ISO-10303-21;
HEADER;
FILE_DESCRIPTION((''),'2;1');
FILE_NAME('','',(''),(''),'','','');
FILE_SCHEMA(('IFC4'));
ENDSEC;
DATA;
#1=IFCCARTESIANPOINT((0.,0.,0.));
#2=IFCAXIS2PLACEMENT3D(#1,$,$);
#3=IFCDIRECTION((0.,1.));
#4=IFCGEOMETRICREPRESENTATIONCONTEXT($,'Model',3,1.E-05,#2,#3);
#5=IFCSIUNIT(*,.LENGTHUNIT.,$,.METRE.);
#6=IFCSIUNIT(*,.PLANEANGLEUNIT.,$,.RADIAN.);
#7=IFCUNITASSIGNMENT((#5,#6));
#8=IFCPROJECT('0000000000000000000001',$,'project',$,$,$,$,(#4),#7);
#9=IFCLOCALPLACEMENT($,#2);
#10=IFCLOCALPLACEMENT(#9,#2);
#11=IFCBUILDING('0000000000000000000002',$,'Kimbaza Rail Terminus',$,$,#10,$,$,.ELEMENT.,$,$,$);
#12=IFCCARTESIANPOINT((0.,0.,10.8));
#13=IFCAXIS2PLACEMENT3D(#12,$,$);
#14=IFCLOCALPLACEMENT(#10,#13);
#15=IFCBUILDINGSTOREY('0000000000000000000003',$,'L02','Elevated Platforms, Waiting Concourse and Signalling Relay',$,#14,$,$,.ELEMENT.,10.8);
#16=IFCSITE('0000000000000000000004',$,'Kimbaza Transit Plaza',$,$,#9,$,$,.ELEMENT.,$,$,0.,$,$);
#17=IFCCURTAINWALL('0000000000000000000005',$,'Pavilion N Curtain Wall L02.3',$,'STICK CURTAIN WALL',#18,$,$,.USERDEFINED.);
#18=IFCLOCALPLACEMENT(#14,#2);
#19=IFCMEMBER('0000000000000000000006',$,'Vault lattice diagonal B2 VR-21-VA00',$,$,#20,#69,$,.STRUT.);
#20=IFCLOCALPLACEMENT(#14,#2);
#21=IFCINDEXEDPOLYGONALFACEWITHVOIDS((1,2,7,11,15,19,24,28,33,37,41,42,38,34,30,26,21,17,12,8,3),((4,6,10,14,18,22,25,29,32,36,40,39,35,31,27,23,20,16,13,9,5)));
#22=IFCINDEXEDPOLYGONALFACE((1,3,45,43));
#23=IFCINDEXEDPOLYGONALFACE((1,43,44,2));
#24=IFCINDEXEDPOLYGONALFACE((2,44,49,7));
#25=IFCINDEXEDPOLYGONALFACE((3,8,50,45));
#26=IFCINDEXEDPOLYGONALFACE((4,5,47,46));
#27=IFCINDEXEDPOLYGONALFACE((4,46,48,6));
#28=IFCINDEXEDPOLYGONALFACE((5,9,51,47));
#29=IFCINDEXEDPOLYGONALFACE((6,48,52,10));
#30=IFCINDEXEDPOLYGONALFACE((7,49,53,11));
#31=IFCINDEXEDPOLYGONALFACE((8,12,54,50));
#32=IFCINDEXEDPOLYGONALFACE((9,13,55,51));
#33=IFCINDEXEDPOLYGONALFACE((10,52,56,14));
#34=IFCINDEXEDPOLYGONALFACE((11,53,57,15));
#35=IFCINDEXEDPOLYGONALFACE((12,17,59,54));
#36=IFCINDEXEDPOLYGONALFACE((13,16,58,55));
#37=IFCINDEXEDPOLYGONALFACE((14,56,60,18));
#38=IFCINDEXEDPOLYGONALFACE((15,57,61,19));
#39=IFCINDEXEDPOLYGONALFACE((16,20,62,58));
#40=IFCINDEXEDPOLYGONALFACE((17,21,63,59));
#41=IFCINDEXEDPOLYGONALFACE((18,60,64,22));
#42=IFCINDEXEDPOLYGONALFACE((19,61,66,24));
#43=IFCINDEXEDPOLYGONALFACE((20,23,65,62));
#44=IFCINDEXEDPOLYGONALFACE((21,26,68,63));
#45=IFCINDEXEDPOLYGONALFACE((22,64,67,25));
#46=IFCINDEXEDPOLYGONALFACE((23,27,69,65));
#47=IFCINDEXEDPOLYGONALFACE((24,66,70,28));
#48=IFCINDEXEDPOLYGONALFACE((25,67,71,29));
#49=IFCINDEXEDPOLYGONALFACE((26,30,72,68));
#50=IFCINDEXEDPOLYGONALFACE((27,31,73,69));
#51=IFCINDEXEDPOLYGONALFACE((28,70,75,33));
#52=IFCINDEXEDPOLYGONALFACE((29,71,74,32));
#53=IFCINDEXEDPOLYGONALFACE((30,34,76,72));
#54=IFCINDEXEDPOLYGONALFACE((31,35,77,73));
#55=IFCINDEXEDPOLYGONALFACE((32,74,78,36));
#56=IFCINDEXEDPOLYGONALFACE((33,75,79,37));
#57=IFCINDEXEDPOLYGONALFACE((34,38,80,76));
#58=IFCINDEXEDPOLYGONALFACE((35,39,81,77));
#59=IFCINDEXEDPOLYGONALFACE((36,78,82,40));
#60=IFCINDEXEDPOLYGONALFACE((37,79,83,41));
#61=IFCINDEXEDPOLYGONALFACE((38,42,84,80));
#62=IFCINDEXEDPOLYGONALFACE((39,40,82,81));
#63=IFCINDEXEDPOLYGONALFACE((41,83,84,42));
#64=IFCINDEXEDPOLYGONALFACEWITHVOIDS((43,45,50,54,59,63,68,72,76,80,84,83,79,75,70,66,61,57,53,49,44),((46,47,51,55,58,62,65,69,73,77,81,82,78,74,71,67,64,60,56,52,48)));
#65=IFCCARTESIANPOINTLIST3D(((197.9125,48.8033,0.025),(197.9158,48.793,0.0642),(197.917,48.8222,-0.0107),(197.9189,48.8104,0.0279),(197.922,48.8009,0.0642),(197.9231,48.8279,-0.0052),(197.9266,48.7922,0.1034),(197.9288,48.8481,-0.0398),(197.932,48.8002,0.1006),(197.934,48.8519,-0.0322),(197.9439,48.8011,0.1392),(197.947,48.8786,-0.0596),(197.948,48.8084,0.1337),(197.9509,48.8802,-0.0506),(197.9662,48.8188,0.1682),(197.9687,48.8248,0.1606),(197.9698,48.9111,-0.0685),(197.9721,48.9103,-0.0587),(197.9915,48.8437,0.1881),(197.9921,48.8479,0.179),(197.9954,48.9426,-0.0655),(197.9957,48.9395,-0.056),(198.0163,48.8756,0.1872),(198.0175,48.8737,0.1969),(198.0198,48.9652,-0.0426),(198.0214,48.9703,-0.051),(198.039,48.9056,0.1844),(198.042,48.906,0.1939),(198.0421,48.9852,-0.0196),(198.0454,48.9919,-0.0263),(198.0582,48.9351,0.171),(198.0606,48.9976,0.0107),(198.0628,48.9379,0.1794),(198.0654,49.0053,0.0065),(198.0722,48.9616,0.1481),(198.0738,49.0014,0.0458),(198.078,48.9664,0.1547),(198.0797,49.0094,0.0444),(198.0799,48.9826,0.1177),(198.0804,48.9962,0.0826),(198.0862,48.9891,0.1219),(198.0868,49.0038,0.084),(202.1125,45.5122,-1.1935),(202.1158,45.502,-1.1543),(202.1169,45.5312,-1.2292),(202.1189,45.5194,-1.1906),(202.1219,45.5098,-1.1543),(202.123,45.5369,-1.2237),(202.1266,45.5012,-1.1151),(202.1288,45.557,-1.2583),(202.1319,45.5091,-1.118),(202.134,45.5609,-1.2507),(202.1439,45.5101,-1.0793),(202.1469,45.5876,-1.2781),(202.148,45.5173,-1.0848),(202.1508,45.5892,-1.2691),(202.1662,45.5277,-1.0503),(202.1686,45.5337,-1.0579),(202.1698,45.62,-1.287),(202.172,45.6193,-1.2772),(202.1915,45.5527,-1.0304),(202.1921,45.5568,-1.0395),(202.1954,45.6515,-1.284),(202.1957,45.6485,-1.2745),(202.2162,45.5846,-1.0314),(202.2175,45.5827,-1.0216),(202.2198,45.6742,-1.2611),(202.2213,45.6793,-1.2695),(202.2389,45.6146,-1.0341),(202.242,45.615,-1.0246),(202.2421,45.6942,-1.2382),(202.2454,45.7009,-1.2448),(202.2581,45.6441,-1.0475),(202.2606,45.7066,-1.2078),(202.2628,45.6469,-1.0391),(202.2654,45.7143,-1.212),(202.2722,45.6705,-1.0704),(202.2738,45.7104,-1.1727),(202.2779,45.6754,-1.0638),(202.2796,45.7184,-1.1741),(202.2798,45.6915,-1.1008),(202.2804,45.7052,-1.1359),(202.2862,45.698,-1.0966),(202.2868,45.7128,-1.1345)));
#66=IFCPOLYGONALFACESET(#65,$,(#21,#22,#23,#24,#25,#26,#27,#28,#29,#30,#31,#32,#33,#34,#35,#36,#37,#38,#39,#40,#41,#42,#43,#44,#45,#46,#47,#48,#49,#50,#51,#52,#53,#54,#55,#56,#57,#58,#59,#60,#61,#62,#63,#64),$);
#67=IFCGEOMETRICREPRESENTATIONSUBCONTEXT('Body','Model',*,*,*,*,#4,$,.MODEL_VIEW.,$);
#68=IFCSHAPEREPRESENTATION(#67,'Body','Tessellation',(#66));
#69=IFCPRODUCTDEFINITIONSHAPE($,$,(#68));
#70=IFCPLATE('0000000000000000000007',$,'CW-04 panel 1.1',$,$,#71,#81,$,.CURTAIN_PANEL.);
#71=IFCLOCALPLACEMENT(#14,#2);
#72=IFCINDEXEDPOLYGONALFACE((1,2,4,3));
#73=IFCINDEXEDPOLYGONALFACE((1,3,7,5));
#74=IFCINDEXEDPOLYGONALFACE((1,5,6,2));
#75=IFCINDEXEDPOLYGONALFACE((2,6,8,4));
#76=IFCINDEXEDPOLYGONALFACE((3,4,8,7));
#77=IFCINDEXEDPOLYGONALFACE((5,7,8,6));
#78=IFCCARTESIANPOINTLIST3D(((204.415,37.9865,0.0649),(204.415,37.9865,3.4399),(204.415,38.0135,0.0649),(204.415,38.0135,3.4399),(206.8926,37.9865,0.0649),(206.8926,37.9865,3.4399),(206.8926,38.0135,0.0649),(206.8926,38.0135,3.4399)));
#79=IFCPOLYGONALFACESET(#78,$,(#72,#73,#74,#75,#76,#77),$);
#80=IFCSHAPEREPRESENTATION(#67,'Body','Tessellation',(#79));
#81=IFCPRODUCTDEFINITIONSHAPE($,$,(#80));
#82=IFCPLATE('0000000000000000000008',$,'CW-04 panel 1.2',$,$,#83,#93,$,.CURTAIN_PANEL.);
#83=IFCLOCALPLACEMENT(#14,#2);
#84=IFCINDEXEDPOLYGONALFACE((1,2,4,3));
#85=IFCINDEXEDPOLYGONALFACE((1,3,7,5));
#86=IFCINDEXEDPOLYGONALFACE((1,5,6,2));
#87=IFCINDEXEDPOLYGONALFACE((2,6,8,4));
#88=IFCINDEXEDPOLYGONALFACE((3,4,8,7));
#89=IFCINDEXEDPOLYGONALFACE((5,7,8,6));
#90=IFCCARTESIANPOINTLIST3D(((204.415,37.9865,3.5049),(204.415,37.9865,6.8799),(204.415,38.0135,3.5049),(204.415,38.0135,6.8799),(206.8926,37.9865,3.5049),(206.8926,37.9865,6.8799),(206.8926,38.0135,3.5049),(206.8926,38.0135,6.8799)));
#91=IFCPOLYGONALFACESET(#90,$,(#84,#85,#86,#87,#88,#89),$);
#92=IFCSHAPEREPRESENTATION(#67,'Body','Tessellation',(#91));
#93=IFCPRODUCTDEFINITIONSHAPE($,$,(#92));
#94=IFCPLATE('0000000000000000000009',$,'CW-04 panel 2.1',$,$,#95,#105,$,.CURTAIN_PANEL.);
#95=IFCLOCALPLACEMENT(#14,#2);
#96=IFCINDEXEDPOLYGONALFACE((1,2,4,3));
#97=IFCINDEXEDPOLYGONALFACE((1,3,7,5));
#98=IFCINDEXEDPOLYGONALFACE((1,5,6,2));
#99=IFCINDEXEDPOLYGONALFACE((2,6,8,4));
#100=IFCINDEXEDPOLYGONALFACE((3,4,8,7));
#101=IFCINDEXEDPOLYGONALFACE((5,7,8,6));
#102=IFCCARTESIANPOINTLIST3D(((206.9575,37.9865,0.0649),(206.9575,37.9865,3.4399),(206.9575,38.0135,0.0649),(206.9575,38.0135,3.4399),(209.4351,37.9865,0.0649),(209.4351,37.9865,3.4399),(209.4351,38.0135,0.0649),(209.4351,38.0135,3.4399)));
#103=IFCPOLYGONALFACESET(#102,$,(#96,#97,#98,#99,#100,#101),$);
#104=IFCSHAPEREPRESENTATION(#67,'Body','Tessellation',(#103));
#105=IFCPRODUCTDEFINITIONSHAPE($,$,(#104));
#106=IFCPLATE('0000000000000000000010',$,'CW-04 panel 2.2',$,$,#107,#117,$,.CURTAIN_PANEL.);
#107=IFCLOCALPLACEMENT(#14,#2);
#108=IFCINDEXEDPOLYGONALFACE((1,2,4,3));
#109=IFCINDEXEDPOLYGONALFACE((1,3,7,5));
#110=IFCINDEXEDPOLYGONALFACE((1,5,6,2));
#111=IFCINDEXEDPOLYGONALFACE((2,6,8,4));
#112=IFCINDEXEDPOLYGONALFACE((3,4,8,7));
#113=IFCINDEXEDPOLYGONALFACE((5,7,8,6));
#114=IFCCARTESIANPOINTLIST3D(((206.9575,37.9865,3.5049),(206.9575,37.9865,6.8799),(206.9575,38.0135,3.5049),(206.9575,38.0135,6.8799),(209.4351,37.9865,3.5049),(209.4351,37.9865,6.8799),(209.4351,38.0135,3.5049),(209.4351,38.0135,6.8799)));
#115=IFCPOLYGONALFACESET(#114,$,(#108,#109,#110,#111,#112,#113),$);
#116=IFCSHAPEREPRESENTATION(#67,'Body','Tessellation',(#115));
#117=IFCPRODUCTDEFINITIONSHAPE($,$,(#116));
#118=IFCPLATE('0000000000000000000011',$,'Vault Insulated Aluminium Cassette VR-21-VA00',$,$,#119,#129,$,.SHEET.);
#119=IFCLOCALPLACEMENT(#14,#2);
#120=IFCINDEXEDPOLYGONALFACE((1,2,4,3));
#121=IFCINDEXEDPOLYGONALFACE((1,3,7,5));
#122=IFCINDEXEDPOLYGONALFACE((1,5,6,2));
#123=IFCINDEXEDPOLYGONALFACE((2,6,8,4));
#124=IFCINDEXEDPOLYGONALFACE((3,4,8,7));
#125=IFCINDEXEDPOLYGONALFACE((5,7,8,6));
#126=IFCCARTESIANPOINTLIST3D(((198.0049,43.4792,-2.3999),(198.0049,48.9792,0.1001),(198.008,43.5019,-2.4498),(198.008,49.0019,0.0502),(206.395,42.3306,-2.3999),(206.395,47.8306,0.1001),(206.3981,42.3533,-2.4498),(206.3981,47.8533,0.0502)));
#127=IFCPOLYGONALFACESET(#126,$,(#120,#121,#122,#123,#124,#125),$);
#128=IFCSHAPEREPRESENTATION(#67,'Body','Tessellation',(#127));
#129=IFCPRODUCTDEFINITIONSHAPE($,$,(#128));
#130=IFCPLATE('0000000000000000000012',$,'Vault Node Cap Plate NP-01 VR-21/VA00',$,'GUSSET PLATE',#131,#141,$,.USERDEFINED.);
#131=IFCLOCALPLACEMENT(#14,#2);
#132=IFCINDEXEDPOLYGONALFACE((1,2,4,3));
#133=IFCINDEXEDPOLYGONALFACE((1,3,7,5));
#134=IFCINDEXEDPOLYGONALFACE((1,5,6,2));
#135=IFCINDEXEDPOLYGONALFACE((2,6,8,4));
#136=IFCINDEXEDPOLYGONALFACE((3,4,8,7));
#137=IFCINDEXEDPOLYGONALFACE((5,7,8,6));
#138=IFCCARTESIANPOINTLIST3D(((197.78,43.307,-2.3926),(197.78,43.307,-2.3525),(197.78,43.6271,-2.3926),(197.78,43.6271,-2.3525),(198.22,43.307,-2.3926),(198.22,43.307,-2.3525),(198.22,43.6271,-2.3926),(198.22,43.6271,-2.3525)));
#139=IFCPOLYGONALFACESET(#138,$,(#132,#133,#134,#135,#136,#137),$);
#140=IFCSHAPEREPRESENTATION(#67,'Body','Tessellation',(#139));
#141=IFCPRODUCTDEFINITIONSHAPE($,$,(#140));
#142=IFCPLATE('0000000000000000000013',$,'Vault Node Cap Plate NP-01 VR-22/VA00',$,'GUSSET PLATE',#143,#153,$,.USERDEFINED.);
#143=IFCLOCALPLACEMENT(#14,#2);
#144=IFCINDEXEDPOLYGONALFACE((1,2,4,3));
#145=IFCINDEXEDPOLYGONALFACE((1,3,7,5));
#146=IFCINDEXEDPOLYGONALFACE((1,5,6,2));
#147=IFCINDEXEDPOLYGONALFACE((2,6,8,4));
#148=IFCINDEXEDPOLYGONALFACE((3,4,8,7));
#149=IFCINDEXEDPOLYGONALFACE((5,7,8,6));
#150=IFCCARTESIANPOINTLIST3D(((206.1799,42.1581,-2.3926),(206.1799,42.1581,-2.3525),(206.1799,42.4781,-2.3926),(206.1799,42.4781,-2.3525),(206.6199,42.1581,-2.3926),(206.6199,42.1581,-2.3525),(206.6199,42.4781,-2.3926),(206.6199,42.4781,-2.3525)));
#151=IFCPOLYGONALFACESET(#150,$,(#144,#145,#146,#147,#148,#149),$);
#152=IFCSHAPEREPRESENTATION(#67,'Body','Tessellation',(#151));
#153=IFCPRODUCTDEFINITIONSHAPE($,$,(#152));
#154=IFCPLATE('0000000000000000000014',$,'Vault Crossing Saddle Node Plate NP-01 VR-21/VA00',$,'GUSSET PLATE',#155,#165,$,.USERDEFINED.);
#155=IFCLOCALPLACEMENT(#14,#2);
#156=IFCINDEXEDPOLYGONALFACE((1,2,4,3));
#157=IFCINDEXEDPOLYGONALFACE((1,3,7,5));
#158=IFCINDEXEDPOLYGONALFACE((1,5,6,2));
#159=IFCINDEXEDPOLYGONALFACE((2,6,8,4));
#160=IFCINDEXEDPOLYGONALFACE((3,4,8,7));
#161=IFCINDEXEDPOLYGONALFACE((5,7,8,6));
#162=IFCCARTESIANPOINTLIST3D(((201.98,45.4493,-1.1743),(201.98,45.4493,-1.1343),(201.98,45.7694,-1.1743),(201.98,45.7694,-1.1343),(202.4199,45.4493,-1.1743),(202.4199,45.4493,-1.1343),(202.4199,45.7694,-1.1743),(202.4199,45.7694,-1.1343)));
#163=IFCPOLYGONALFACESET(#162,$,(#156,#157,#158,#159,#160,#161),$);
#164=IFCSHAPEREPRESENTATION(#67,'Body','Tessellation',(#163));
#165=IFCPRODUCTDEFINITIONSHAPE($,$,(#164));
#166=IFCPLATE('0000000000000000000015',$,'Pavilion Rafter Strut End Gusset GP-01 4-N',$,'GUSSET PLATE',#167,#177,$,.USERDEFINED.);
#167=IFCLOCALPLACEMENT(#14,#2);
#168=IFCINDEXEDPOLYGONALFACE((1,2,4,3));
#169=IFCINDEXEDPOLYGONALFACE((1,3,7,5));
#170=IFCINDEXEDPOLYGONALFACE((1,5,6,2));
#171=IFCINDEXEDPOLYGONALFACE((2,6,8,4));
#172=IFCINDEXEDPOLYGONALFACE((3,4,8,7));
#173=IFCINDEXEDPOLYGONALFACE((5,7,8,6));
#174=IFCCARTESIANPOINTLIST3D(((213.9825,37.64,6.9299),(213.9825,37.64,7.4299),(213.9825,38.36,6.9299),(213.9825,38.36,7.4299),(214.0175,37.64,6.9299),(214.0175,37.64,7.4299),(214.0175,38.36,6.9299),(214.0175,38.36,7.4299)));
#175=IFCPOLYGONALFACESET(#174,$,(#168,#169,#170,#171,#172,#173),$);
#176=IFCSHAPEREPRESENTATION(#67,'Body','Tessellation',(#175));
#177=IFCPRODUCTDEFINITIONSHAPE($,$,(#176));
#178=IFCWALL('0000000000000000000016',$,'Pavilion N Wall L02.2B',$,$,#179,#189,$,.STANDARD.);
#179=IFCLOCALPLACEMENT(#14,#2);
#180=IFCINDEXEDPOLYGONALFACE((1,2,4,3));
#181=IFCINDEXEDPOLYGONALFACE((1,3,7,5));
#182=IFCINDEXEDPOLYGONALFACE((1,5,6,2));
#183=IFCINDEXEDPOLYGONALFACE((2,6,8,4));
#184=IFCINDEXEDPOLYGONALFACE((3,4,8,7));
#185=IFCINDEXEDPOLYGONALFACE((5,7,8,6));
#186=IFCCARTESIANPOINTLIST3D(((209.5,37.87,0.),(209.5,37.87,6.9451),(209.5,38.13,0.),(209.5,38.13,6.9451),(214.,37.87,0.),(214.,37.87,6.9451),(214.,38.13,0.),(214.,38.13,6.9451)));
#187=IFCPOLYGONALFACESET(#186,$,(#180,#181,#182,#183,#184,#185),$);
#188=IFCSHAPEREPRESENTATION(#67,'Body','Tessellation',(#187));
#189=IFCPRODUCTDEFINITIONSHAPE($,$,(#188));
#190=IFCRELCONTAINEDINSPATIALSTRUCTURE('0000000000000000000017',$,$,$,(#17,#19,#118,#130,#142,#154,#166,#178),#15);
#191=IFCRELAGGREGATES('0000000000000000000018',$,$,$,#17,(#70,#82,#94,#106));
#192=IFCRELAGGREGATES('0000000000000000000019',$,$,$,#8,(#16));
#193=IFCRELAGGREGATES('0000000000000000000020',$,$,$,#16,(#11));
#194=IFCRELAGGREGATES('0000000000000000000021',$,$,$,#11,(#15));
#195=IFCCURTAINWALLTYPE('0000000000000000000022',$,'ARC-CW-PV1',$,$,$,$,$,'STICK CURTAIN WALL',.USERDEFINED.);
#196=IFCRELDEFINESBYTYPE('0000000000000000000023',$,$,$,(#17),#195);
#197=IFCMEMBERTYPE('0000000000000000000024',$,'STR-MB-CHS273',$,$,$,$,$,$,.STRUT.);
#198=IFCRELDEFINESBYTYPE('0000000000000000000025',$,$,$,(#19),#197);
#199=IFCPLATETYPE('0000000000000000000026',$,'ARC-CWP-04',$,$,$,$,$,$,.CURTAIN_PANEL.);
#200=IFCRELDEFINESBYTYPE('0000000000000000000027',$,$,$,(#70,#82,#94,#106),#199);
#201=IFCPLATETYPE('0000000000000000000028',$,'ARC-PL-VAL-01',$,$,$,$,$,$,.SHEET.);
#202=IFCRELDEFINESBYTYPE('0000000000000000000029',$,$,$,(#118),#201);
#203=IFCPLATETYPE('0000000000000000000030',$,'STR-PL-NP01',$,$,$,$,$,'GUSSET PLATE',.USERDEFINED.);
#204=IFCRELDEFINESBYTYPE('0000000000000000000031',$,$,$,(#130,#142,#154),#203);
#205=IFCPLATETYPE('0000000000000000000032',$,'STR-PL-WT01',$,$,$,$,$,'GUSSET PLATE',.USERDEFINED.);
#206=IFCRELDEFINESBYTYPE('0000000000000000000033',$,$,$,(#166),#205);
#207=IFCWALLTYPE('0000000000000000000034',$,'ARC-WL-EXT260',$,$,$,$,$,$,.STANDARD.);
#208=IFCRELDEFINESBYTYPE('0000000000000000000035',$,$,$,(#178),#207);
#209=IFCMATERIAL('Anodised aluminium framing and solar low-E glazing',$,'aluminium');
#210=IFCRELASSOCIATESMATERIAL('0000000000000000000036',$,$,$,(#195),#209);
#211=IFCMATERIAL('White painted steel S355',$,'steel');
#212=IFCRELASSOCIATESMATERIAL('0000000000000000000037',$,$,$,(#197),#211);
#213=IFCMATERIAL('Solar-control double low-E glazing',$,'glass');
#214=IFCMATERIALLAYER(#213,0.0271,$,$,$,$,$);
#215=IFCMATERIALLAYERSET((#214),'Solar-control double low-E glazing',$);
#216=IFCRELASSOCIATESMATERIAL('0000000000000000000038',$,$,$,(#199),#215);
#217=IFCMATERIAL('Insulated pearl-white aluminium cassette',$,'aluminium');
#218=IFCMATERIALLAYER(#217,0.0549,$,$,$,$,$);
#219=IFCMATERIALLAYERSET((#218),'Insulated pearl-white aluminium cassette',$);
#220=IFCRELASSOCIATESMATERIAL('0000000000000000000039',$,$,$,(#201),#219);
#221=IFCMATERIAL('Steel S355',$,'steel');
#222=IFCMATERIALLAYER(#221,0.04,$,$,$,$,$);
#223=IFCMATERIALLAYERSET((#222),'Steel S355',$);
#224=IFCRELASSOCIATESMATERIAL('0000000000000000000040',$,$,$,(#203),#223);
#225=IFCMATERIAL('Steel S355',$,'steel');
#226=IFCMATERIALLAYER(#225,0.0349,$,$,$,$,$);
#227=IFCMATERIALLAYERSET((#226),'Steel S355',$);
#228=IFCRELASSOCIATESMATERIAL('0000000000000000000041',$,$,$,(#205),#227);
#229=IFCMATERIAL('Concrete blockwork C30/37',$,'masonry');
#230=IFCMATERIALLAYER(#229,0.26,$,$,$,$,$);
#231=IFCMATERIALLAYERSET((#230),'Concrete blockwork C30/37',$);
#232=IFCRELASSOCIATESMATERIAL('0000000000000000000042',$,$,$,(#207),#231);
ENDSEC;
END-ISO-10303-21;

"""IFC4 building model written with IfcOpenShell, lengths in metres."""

from ifc_helpers import new_model, si_unit, direction, frame, frame_2d, origin, origin_2d, place, context, subcontext, project, spatial, polyline, rectangle, hollow_circle, outline, extrude, material, layer, layer_set, material_profile, profile_set, type_object, element, aggregate, save


model = new_model("IFC4")

# Units and contexts
model_context = context("Model", 3, precision=1e-05, world=origin(), true_north=direction((0.0, 1.0)))
body_context = subcontext(model_context, "Body", "Model", "MODEL_VIEW")
ifc_project = project(units=[si_unit("LENGTHUNIT", "METRE"), si_unit("PLANEANGLEUNIT", "RADIAN")], contexts=[model_context])

# Site, building, storey
site_placement = place(None, origin())
site = spatial("IfcSite", under=ifc_project, at=site_placement, Name="Kimbaza Transit Plaza", CompositionType="ELEMENT", RefElevation=0.0)
building_placement = place(site_placement, origin())
building = spatial("IfcBuilding", under=site, at=building_placement, Name="Kimbaza Rail Terminus", CompositionType="ELEMENT")
storey_placement = place(building_placement, frame((0.0, 0.0, 10.8)))
storey = spatial("IfcBuildingStorey", under=building, at=storey_placement, Name="L02", Description="Elevated Platforms, Waiting Concourse and Signalling Relay", CompositionType="ELEMENT", Elevation=10.8)

# Curtain wall
ifc_material_1 = material(Name="Anodised aluminium framing and solar low-E glazing", Category="aluminium")
curtain_wall_type = type_object("IfcCurtainWallType", Name="ARC-CW-PV1", ElementType="STICK CURTAIN WALL", PredefinedType="USERDEFINED", material=ifc_material_1)
curtain_wall_placement = place(storey_placement, origin())
curtain_wall = element("IfcCurtainWall", 1, at=curtain_wall_placement, inside=storey, type_object=curtain_wall_type, Name="Pavilion N Curtain Wall L02.3", ObjectType="STICK CURTAIN WALL", PredefinedType="USERDEFINED")

# Member
ifc_material_2 = material(Name="White painted steel S355", Category="steel")
ifc_material_profile_1 = material_profile(ifc_material_2, hollow_circle(Radius=0.1365, WallThickness=0.01, at=origin_2d()), Name="CHS 273x10")
ifc_profile_set_1 = profile_set([ifc_material_profile_1], Name="White painted steel S355")
member_type_1 = type_object("IfcMemberType", Name="STR-MB-CHS273", PredefinedType="STRUT", material=ifc_profile_set_1)
for number, where, z_axis, x_axis, name in (
    (2, (202.2, 45.6094, -1.1543), (-0.767377, 0.601304, 0.222634), (-0.616784, -0.787132, 0.0), "Vault lattice diagonal B2 VR-21-VA00"),
):
    element("IfcMember", number, at=place(storey_placement, frame(where, z_axis=z_axis, x_axis=x_axis)), inside=storey, type_object=member_type_1, Name=name, PredefinedType="STRUT", context=body_context, shape_type="SweptSolid", body=[
        extrude(hollow_circle(Radius=0.1365, WallThickness=0.01, at=origin_2d()), origin(), (0.0, 0.0, 1.0), 5.4731),
    ])

# Plates
ifc_material_3 = material(Name="Solar-control double low-E glazing", Category="glass")
ifc_layer_1 = layer(ifc_material_3, 0.0271)
ifc_layer_set_1 = layer_set([ifc_layer_1], Name="Solar-control double low-E glazing")
plate_type_1 = type_object("IfcPlateType", Name="ARC-CWP-04", PredefinedType="CURTAIN_PANEL", material=ifc_layer_set_1)
plate_1_placement = place(storey_placement, frame((205.6538, 38.0, 0.0649), z_axis=(0.0, 0.0, 1.0), x_axis=(1.0, 0.0, 0.0)))
plate_1 = element("IfcPlate", 3, at=plate_1_placement, type_object=plate_type_1, Name="CW-04 panel 1.1", PredefinedType="CURTAIN_PANEL", context=body_context, shape_type="SweptSolid", body=[
    extrude(rectangle(XDim=2.4775, YDim=0.0271, at=origin_2d()), origin(), (0.0, 0.0, 1.0), 3.375),
])
plate_2_placement = place(storey_placement, frame((205.6538, 38.0, 3.5049), z_axis=(0.0, 0.0, 1.0), x_axis=(1.0, 0.0, 0.0)))
plate_2 = element("IfcPlate", 4, at=plate_2_placement, type_object=plate_type_1, Name="CW-04 panel 1.2", PredefinedType="CURTAIN_PANEL", context=body_context, shape_type="SweptSolid", body=[
    extrude(rectangle(XDim=2.4775, YDim=0.0271, at=origin_2d()), origin(), (0.0, 0.0, 1.0), 3.375),
])
plate_3_placement = place(storey_placement, frame((208.1963, 38.0, 0.0649), z_axis=(0.0, 0.0, 1.0), x_axis=(1.0, 0.0, 0.0)))
plate_3 = element("IfcPlate", 5, at=plate_3_placement, type_object=plate_type_1, Name="CW-04 panel 2.1", PredefinedType="CURTAIN_PANEL", context=body_context, shape_type="SweptSolid", body=[
    extrude(rectangle(XDim=2.4775, YDim=0.0271, at=origin_2d()), origin(), (0.0, 0.0, 1.0), 3.375),
])
plate_4_placement = place(storey_placement, frame((208.1963, 38.0, 3.5049), z_axis=(0.0, 0.0, 1.0), x_axis=(1.0, 0.0, 0.0)))
plate_4 = element("IfcPlate", 6, at=plate_4_placement, type_object=plate_type_1, Name="CW-04 panel 2.2", PredefinedType="CURTAIN_PANEL", context=body_context, shape_type="SweptSolid", body=[
    extrude(rectangle(XDim=2.4775, YDim=0.0271, at=origin_2d()), origin(), (0.0, 0.0, 1.0), 3.375),
])
aggregate(curtain_wall, [plate_1, plate_2, plate_3, plate_4])

# Plates
ifc_material_4 = material(Name="Insulated pearl-white aluminium cassette", Category="aluminium")
ifc_layer_2 = layer(ifc_material_4, 0.0549)
ifc_layer_set_2 = layer_set([ifc_layer_2], Name="Insulated pearl-white aluminium cassette")
plate_type_2 = type_object("IfcPlateType", Name="ARC-PL-VAL-01", PredefinedType="SHEET", material=ifc_layer_set_2)
plate_5_placement = place(storey_placement, frame((198.0049, 43.4792, -2.3999), z_axis=(-0.056562, -0.41314, 0.908909), x_axis=(0.990758, -0.135643, 0.0)))
element("IfcPlate", 7, at=plate_5_placement, inside=storey, type_object=plate_type_2, Name="Vault Insulated Aluminium Cassette VR-21-VA00", PredefinedType="SHEET", context=body_context, shape_type="SweptSolid", body=[
    extrude(outline(polyline([(0.0, 0.0), (8.4684, 0.0), (7.7224, 5.9953), (-0.746, 5.9953), (0.0, 0.0)])), origin(), (0.0, 0.0, -1.0), 0.0549),
])
ifc_material_5 = material(Name="Steel S355", Category="steel")
ifc_layer_3 = layer(ifc_material_5, 0.04)
ifc_layer_set_3 = layer_set([ifc_layer_3], Name="Steel S355")
plate_type_3 = type_object("IfcPlateType", Name="STR-PL-NP01", ElementType="GUSSET PLATE", PredefinedType="USERDEFINED", material=ifc_layer_set_3)
for number, where, z_axis, x_axis, name in (
    (8, (198.0, 43.467, -2.3926), (0.0, 0.0, 1.0), (1.0, 0.0, 0.0), "Vault Node Cap Plate NP-01 VR-21/VA00"),
    (9, (206.3999, 42.3181, -2.3926), (0.0, 0.0, 1.0), (1.0, 0.0, 0.0), "Vault Node Cap Plate NP-01 VR-22/VA00"),
    (10, (202.2, 45.6094, -1.1743), (0.0, 0.0, 1.0), (1.0, 0.0, 0.0), "Vault Crossing Saddle Node Plate NP-01 VR-21/VA00"),
):
    element("IfcPlate", number, at=place(storey_placement, frame(where, z_axis=z_axis, x_axis=x_axis)), inside=storey, type_object=plate_type_3, Name=name, ObjectType="GUSSET PLATE", PredefinedType="USERDEFINED", context=body_context, shape_type="SweptSolid", body=[
        extrude(rectangle(XDim=0.4399, YDim=0.3201, at=origin_2d()), origin(), (0.0, 0.0, 1.0), 0.04),
    ])
ifc_material_6 = material(Name="Steel S355", Category="steel")
ifc_layer_4 = layer(ifc_material_6, 0.0349)
ifc_layer_set_4 = layer_set([ifc_layer_4], Name="Steel S355")
plate_type_4 = type_object("IfcPlateType", Name="STR-PL-WT01", ElementType="GUSSET PLATE", PredefinedType="USERDEFINED", material=ifc_layer_set_4)
plate_6_placement = place(storey_placement, frame((214.0, 38.0, 6.9299), z_axis=(0.0, 0.0, 1.0), x_axis=(1.0, 0.0, 0.0)))
element("IfcPlate", 11, at=plate_6_placement, inside=storey, type_object=plate_type_4, Name="Pavilion Rafter Strut End Gusset GP-01 4-N", ObjectType="GUSSET PLATE", PredefinedType="USERDEFINED", context=body_context, shape_type="SweptSolid", body=[
    extrude(rectangle(XDim=0.0349, YDim=0.72, at=origin_2d()), origin(), (0.0, 0.0, 1.0), 0.5),
])

# Wall
ifc_material_7 = material(Name="Concrete blockwork C30/37", Category="masonry")
ifc_layer_5 = layer(ifc_material_7, 0.26)
ifc_layer_set_5 = layer_set([ifc_layer_5], Name="Concrete blockwork C30/37")
wall_type = type_object("IfcWallType", Name="ARC-WL-EXT260", PredefinedType="STANDARD", material=ifc_layer_set_5)
wall_placement = place(storey_placement, frame((209.5, 38.0, 0.0), z_axis=(0.0, 0.0, 1.0), x_axis=(1.0, 0.0, 0.0)))
element("IfcWall", 12, at=wall_placement, inside=storey, type_object=wall_type, Name="Pavilion N Wall L02.2B", PredefinedType="STANDARD", context=body_context, shape_type="SweptSolid", body=[
    extrude(rectangle(XDim=4.5, YDim=0.26, at=frame_2d((2.25, 0.0))), origin(), (0.0, 0.0, 1.0), 6.9451),
])

save(model, "model.ifc")
